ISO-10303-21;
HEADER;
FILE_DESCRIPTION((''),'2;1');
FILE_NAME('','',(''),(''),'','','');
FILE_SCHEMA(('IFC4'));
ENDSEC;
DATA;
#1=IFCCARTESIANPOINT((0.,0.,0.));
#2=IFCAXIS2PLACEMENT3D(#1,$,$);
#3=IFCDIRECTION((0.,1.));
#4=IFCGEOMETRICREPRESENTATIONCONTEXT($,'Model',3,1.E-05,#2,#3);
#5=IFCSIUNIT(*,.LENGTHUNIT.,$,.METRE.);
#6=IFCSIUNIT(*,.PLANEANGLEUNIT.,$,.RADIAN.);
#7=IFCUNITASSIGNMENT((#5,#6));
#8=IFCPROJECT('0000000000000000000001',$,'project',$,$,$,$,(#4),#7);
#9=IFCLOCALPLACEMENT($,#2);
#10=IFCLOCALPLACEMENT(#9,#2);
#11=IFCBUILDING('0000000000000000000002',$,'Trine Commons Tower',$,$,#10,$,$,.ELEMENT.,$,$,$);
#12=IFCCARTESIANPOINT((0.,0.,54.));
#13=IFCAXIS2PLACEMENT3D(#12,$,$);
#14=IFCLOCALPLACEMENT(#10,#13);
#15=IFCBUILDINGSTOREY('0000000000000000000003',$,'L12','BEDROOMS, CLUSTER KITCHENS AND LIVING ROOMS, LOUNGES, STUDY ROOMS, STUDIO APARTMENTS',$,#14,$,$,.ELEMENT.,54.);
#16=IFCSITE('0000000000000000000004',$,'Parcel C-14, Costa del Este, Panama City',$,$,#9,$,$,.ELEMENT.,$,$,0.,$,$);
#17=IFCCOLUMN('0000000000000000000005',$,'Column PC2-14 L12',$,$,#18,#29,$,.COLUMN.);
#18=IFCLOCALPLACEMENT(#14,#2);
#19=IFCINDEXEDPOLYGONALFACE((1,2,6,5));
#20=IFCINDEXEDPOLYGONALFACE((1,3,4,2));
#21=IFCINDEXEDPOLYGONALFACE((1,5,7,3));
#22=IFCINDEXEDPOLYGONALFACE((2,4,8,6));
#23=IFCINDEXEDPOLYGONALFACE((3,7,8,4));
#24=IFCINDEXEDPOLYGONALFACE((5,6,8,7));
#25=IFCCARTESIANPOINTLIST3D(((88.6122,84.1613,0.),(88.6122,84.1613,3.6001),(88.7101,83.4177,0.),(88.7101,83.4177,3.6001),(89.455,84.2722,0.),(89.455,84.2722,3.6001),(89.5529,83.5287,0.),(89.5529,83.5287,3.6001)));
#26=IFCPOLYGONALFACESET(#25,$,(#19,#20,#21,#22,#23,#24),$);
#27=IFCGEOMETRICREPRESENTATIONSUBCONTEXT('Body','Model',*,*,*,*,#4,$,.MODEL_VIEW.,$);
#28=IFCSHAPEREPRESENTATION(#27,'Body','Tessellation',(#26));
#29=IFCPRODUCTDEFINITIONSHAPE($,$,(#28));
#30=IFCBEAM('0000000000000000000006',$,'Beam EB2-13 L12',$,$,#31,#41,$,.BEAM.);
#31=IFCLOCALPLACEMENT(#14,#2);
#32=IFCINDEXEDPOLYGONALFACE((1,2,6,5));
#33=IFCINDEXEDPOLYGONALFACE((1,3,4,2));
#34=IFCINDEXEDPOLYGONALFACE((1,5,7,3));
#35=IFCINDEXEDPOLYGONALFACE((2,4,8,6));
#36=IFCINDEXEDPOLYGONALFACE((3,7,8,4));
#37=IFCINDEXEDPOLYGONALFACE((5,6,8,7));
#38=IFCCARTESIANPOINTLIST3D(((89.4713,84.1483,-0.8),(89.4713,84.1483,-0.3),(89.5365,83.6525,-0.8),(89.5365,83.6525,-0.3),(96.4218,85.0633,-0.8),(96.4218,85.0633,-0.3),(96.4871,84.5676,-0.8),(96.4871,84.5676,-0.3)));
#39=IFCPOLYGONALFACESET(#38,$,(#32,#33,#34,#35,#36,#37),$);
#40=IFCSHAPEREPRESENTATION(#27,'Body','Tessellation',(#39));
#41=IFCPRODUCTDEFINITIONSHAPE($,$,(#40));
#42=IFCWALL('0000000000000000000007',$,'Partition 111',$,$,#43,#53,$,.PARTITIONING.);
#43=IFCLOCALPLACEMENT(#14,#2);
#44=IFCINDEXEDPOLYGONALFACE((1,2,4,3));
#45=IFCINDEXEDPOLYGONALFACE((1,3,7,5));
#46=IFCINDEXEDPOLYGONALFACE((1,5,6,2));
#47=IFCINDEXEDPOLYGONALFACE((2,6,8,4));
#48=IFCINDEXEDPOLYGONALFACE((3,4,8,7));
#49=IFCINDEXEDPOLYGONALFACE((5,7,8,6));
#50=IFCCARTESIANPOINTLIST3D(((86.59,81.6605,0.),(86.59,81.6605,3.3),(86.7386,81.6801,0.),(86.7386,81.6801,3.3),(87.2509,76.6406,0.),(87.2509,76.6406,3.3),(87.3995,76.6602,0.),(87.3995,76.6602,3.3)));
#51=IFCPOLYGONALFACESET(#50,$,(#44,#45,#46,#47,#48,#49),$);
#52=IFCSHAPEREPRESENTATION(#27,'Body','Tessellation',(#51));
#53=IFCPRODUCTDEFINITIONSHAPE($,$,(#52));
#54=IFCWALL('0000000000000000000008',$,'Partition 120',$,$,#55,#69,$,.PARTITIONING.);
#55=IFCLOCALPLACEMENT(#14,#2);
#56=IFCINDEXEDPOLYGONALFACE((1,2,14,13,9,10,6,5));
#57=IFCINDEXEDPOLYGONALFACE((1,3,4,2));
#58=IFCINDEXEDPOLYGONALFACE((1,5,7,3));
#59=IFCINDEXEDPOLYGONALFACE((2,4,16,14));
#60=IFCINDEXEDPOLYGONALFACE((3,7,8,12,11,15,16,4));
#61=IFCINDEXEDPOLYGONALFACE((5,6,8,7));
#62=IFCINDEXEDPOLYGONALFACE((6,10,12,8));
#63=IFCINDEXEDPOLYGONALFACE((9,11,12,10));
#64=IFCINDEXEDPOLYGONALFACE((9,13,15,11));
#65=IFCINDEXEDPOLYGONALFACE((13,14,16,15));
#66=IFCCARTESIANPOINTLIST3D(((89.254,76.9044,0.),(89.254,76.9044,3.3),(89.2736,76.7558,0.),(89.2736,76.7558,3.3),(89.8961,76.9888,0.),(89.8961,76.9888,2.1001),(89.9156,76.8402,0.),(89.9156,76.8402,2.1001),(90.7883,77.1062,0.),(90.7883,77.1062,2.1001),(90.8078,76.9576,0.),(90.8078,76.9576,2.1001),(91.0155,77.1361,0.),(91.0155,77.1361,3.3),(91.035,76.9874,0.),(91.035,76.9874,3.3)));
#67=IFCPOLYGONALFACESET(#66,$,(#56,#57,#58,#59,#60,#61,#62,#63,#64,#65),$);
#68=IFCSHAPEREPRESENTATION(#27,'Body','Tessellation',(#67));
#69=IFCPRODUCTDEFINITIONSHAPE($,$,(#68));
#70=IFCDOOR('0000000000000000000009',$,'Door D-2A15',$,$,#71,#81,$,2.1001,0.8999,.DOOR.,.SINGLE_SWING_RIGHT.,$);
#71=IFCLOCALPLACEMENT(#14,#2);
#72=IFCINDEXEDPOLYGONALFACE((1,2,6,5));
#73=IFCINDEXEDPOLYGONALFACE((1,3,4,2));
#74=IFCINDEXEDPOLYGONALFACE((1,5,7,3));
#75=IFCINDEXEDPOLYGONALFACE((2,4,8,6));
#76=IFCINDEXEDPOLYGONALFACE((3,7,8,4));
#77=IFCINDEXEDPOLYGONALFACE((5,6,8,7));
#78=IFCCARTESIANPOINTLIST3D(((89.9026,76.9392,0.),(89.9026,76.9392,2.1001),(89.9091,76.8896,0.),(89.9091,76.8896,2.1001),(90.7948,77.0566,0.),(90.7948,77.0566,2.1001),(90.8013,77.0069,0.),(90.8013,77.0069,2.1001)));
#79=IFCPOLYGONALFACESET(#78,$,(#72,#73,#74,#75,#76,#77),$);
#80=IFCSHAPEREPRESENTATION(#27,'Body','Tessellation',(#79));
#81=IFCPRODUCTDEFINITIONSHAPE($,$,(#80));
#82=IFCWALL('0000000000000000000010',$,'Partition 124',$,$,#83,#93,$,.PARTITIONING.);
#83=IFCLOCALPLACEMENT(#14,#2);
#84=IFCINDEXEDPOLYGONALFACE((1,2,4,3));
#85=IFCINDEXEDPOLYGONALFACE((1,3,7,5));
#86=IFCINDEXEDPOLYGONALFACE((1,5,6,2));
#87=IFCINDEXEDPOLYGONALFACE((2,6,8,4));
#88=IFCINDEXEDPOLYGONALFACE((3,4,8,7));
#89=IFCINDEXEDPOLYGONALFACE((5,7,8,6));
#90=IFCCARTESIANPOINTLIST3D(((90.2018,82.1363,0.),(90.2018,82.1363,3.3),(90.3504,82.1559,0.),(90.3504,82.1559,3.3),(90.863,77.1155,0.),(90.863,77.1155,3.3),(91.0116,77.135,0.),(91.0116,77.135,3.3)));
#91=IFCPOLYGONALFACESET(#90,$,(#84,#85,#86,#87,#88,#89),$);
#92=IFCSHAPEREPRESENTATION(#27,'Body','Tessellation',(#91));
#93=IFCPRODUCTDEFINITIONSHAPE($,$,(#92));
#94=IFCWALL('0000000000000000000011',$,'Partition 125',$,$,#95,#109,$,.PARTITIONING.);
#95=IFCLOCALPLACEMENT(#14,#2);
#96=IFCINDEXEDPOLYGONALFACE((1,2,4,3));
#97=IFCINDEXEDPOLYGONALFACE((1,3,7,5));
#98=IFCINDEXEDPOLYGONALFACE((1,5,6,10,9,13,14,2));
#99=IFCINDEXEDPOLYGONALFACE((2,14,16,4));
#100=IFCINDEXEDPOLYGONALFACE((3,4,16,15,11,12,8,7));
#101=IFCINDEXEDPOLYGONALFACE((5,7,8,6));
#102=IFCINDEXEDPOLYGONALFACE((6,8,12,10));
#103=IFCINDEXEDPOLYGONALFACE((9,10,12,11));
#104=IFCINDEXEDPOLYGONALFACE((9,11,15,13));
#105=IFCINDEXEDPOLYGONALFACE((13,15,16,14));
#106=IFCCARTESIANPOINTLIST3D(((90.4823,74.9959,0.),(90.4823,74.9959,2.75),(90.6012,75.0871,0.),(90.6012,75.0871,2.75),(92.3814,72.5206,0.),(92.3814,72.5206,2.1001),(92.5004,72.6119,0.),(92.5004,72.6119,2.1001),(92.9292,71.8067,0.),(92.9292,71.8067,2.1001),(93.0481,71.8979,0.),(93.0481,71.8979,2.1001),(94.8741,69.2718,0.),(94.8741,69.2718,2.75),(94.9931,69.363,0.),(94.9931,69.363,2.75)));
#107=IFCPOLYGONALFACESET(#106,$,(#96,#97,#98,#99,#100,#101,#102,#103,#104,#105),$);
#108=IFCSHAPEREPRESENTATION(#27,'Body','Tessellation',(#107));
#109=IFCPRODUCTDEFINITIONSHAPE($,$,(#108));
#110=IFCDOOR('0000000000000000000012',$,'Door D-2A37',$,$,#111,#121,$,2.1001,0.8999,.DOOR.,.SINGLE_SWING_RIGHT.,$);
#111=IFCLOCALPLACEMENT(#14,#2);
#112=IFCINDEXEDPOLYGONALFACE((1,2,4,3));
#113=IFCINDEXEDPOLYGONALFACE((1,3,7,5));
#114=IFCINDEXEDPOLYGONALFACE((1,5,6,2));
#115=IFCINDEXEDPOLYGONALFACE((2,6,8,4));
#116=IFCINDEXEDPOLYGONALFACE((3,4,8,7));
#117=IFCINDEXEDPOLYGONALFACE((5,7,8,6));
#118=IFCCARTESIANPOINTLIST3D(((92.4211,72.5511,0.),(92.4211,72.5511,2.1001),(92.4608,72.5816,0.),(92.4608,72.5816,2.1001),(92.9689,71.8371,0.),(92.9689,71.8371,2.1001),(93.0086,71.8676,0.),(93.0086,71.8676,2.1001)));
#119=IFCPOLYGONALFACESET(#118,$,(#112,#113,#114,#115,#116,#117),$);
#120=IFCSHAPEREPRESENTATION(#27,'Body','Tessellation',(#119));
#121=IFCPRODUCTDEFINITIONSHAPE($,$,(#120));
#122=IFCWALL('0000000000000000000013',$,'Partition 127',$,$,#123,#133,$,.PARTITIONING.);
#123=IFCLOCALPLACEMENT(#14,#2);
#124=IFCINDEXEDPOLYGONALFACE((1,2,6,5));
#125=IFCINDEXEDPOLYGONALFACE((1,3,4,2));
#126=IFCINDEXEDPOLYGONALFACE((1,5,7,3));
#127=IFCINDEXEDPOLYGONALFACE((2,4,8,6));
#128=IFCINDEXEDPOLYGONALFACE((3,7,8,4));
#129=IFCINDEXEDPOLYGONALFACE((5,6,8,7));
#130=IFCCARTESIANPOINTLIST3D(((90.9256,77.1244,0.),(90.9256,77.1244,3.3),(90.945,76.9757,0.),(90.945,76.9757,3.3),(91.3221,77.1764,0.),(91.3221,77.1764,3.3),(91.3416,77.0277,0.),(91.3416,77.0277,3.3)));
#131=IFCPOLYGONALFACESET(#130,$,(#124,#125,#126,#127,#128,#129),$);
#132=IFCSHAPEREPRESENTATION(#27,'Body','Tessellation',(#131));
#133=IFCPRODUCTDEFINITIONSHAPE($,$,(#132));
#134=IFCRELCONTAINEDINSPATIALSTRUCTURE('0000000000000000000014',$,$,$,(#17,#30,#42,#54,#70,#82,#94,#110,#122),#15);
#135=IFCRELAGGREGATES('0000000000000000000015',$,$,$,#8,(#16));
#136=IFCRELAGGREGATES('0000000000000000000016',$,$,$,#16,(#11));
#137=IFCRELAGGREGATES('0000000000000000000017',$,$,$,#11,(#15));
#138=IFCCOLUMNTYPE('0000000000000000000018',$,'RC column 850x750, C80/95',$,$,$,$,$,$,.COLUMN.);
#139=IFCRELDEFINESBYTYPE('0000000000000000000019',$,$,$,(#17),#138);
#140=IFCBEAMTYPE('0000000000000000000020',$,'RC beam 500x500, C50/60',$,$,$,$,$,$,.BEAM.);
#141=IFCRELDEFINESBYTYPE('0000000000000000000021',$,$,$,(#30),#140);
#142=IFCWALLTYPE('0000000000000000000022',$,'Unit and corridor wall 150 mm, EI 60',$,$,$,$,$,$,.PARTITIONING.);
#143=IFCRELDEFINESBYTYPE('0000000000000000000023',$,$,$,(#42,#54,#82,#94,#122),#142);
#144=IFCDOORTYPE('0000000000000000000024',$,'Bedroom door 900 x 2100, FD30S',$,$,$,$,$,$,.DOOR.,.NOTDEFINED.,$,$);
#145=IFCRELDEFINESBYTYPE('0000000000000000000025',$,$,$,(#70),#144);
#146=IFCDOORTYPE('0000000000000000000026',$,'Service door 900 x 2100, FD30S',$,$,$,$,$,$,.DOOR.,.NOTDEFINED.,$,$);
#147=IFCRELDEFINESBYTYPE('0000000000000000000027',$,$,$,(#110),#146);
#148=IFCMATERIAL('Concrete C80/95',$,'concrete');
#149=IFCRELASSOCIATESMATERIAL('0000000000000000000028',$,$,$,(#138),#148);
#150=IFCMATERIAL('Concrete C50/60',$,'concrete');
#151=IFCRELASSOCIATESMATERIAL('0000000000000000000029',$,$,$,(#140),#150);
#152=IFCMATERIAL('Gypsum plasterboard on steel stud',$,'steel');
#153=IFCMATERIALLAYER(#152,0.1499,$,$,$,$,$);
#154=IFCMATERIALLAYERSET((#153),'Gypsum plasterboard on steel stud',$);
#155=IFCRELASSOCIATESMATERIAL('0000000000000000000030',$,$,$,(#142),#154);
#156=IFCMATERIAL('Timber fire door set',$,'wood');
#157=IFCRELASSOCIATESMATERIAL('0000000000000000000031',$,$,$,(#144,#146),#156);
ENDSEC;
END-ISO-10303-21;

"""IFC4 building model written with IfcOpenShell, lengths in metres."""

from ifc_helpers import new_model, si_unit, direction, frame, frame_2d, origin, origin_2d, place, context, subcontext, project, spatial, rectangle, extrude, material, layer, layer_set, material_profile, profile_set, type_object, element, fill, save


model = new_model("IFC4")

# Units and contexts
model_context = context("Model", 3, precision=1e-05, world=origin(), true_north=direction((0.0, 1.0)))
body_context = subcontext(model_context, "Body", "Model", "MODEL_VIEW")
ifc_project = project(units=[si_unit("LENGTHUNIT", "METRE"), si_unit("PLANEANGLEUNIT", "RADIAN")], contexts=[model_context])

# Site, building, storey
site_placement = place(None, origin())
site = spatial("IfcSite", under=ifc_project, at=site_placement, Name="Parcel C-14, Costa del Este, Panama City", CompositionType="ELEMENT", RefElevation=0.0)
building_placement = place(site_placement, origin())
building = spatial("IfcBuilding", under=site, at=building_placement, Name="Trine Commons Tower", CompositionType="ELEMENT")
storey_placement = place(building_placement, frame((0.0, 0.0, 54.0)))
storey = spatial("IfcBuildingStorey", under=building, at=storey_placement, Name="L12", Description="BEDROOMS, CLUSTER KITCHENS AND LIVING ROOMS, LOUNGES, STUDY ROOMS, STUDIO APARTMENTS", CompositionType="ELEMENT", Elevation=54.0)

# Column
ifc_material_1 = material(Name="Concrete C80/95", Category="concrete")
ifc_material_profile_1 = material_profile(ifc_material_1, rectangle(XDim=0.8501, YDim=0.75, at=origin_2d()), Name="RC 850x750")
ifc_profile_set_1 = profile_set([ifc_material_profile_1], Name="Concrete C80/95")
column_type = type_object("IfcColumnType", Name="RC column 850x750, C80/95", PredefinedType="COLUMN", material=ifc_profile_set_1)
column_placement = place(storey_placement, frame((89.0825, 83.845, 0.0), z_axis=(0.0, 0.0, 1.0), x_axis=(0.991445, 0.130526, 0.0)))
element("IfcColumn", 1, at=column_placement, inside=storey, type_object=column_type, Name="Column PC2-14 L12", PredefinedType="COLUMN", context=body_context, shape_type="SweptSolid", body=[
    extrude(rectangle(XDim=0.8501, YDim=0.75, at=origin_2d()), origin(), (0.0, 0.0, 1.0), 3.6001),
])

# Beam
ifc_material_2 = material(Name="Concrete C50/60", Category="concrete")
ifc_material_profile_2 = material_profile(ifc_material_2, rectangle(XDim=0.5, YDim=0.5, at=origin_2d()), Name="RC 500x500")
ifc_profile_set_2 = profile_set([ifc_material_profile_2], Name="Concrete C50/60")
beam_type = type_object("IfcBeamType", Name="RC beam 500x500, C50/60", PredefinedType="BEAM", material=ifc_profile_set_2)
beam_placement = place(storey_placement, frame((89.5039, 83.9004, -0.55), z_axis=(0.991445, 0.130526, 0.0), x_axis=(-0.130526, 0.991445, 0.0)))
element("IfcBeam", 2, at=beam_placement, inside=storey, type_object=beam_type, Name="Beam EB2-13 L12", PredefinedType="BEAM", context=body_context, shape_type="SweptSolid", body=[
    extrude(rectangle(XDim=0.5, YDim=0.5, at=origin_2d()), origin(), (0.0, 0.0, 1.0), 7.0105),
])

# Wall
ifc_material_3 = material(Name="Gypsum plasterboard on steel stud", Category="steel")
ifc_layer_1 = layer(ifc_material_3, 0.1499)
ifc_layer_set_1 = layer_set([ifc_layer_1], Name="Gypsum plasterboard on steel stud")
wall_type_1 = type_object("IfcWallType", Name="Unit and corridor wall 150 mm, EI 60", PredefinedType="PARTITIONING", material=ifc_layer_set_1)
wall_1_placement = place(storey_placement, frame((86.6643, 81.6704, 0.0), z_axis=(0.0, 0.0, 1.0), x_axis=(0.130524, -0.991445, 0.0)))
element("IfcWall", 3, at=wall_1_placement, inside=storey, type_object=wall_type_1, Name="Partition 111", PredefinedType="PARTITIONING", context=body_context, shape_type="SweptSolid", body=[
    extrude(rectangle(XDim=5.0632, YDim=0.1499, at=frame_2d((2.5317, 0.0))), origin(), (0.0, 0.0, 1.0), 3.3),
])

# Wall, opening, door
wall_2_placement = place(storey_placement, frame((89.2639, 76.8301, 0.0), z_axis=(0.0, 0.0, 1.0), x_axis=(0.99146, 0.130408, 0.0)))
wall_2 = element("IfcWall", 4, at=wall_2_placement, inside=storey, type_object=wall_type_1, Name="Partition 120", PredefinedType="PARTITIONING", context=body_context, shape_type="SweptSolid", body=[
    extrude(rectangle(XDim=1.7766, YDim=0.1499, at=frame_2d((0.8882, 0.0))), origin(), (0.0, 0.0, 1.0), 3.3),
])
opening_1_placement = place(wall_2_placement, frame((0.6475, 0.0, 0.0)))
opening_1 = element("IfcOpeningElement", 5, at=opening_1_placement, cuts=wall_2, PredefinedType="OPENING", context=body_context, shape_type="SweptSolid", body=[
    extrude(rectangle(XDim=0.8999, YDim=2.1001, at=frame_2d((0.45, 1.05))), frame((0.0, 0.085, 0.0), z_axis=(0.0, -1.0, 0.0), x_axis=(1.0, 0.0, 0.0)), (0.0, 0.0, 1.0), 0.1699),
])
ifc_material_4 = material(Name="Timber fire door set", Category="wood")
door_type_1 = type_object("IfcDoorType", Name="Bedroom door 900 x 2100, FD30S", OperationType="NOTDEFINED", PredefinedType="DOOR", material=ifc_material_4)
door_1_placement = place(opening_1_placement, origin())
door_1 = element("IfcDoor", 6, at=door_1_placement, inside=storey, type_object=door_type_1, Name="Door D-2A15", OperationType="SINGLE_SWING_RIGHT", OverallHeight=2.1001, OverallWidth=0.8999, PredefinedType="DOOR", context=body_context, shape_type="SweptSolid", body=[
    extrude(rectangle(XDim=0.8999, YDim=2.1001, at=frame_2d((0.45, 1.05))), frame((0.0, 0.0249, 0.0), z_axis=(0.0, -1.0, 0.0), x_axis=(1.0, 0.0, 0.0)), (0.0, 0.0, 1.0), 0.05),
])
fill(opening_1, door_1)

# Wall
wall_3_placement = place(storey_placement, frame((90.2761, 82.1462, 0.0), z_axis=(0.0, 0.0, 1.0), x_axis=(0.130553, -0.991441, 0.0)))
element("IfcWall", 7, at=wall_3_placement, inside=storey, type_object=wall_type_1, Name="Partition 124", PredefinedType="PARTITIONING", context=body_context, shape_type="SweptSolid", body=[
    extrude(rectangle(XDim=5.0642, YDim=0.1499, at=frame_2d((2.5322, 0.0))), origin(), (0.0, 0.0, 1.0), 3.3),
])

# Wall, opening, door
wall_4_placement = place(storey_placement, frame((90.5417, 75.0415, 0.0), z_axis=(0.0, 0.0, 1.0), x_axis=(0.608724, -0.793382, 0.0)))
wall_4 = element("IfcWall", 8, at=wall_4_placement, inside=storey, type_object=wall_type_1, Name="Partition 125", PredefinedType="PARTITIONING", context=body_context, shape_type="SweptSolid", body=[
    extrude(rectangle(XDim=7.2148, YDim=0.1499, at=frame_2d((3.6074, 0.0))), origin(), (0.0, 0.0, 1.0), 2.75),
])
opening_2_placement = place(wall_4_placement, frame((3.1199, 0.0, 0.0)))
opening_2 = element("IfcOpeningElement", 9, at=opening_2_placement, cuts=wall_4, PredefinedType="OPENING", context=body_context, shape_type="SweptSolid", body=[
    extrude(rectangle(XDim=0.8999, YDim=2.1001, at=frame_2d((0.45, 1.05))), frame((0.0, 0.085, 0.0), z_axis=(0.0, -1.0, 0.0), x_axis=(1.0, 0.0, 0.0)), (0.0, 0.0, 1.0), 0.1699),
])
door_type_2 = type_object("IfcDoorType", Name="Service door 900 x 2100, FD30S", OperationType="NOTDEFINED", PredefinedType="DOOR", material=ifc_material_4)
door_2_placement = place(opening_2_placement, frame((0.8999, 0.0, 0.0), z_axis=(0.0, 0.0, 1.0), x_axis=(-1.0, 0.0, 0.0)))
door_2 = element("IfcDoor", 10, at=door_2_placement, inside=storey, type_object=door_type_2, Name="Door D-2A37", OperationType="SINGLE_SWING_RIGHT", OverallHeight=2.1001, OverallWidth=0.8999, PredefinedType="DOOR", context=body_context, shape_type="SweptSolid", body=[
    extrude(rectangle(XDim=0.8999, YDim=2.1001, at=frame_2d((0.45, 1.05))), frame((0.0, 0.0249, 0.0), z_axis=(0.0, -1.0, 0.0), x_axis=(1.0, 0.0, 0.0)), (0.0, 0.0, 1.0), 0.05),
])
fill(opening_2, door_2)

# Wall
wall_5_placement = place(storey_placement, frame((90.9353, 77.05, 0.0), z_axis=(0.0, 0.0, 1.0), x_axis=(0.991508, 0.130044, 0.0)))
element("IfcWall", 11, at=wall_5_placement, inside=storey, type_object=wall_type_1, Name="Partition 127", PredefinedType="PARTITIONING", context=body_context, shape_type="SweptSolid", body=[
    extrude(rectangle(XDim=0.3999, YDim=0.1499, at=frame_2d((0.2, 0.0))), origin(), (0.0, 0.0, 1.0), 3.3),
])

save(model, "model.ifc")
